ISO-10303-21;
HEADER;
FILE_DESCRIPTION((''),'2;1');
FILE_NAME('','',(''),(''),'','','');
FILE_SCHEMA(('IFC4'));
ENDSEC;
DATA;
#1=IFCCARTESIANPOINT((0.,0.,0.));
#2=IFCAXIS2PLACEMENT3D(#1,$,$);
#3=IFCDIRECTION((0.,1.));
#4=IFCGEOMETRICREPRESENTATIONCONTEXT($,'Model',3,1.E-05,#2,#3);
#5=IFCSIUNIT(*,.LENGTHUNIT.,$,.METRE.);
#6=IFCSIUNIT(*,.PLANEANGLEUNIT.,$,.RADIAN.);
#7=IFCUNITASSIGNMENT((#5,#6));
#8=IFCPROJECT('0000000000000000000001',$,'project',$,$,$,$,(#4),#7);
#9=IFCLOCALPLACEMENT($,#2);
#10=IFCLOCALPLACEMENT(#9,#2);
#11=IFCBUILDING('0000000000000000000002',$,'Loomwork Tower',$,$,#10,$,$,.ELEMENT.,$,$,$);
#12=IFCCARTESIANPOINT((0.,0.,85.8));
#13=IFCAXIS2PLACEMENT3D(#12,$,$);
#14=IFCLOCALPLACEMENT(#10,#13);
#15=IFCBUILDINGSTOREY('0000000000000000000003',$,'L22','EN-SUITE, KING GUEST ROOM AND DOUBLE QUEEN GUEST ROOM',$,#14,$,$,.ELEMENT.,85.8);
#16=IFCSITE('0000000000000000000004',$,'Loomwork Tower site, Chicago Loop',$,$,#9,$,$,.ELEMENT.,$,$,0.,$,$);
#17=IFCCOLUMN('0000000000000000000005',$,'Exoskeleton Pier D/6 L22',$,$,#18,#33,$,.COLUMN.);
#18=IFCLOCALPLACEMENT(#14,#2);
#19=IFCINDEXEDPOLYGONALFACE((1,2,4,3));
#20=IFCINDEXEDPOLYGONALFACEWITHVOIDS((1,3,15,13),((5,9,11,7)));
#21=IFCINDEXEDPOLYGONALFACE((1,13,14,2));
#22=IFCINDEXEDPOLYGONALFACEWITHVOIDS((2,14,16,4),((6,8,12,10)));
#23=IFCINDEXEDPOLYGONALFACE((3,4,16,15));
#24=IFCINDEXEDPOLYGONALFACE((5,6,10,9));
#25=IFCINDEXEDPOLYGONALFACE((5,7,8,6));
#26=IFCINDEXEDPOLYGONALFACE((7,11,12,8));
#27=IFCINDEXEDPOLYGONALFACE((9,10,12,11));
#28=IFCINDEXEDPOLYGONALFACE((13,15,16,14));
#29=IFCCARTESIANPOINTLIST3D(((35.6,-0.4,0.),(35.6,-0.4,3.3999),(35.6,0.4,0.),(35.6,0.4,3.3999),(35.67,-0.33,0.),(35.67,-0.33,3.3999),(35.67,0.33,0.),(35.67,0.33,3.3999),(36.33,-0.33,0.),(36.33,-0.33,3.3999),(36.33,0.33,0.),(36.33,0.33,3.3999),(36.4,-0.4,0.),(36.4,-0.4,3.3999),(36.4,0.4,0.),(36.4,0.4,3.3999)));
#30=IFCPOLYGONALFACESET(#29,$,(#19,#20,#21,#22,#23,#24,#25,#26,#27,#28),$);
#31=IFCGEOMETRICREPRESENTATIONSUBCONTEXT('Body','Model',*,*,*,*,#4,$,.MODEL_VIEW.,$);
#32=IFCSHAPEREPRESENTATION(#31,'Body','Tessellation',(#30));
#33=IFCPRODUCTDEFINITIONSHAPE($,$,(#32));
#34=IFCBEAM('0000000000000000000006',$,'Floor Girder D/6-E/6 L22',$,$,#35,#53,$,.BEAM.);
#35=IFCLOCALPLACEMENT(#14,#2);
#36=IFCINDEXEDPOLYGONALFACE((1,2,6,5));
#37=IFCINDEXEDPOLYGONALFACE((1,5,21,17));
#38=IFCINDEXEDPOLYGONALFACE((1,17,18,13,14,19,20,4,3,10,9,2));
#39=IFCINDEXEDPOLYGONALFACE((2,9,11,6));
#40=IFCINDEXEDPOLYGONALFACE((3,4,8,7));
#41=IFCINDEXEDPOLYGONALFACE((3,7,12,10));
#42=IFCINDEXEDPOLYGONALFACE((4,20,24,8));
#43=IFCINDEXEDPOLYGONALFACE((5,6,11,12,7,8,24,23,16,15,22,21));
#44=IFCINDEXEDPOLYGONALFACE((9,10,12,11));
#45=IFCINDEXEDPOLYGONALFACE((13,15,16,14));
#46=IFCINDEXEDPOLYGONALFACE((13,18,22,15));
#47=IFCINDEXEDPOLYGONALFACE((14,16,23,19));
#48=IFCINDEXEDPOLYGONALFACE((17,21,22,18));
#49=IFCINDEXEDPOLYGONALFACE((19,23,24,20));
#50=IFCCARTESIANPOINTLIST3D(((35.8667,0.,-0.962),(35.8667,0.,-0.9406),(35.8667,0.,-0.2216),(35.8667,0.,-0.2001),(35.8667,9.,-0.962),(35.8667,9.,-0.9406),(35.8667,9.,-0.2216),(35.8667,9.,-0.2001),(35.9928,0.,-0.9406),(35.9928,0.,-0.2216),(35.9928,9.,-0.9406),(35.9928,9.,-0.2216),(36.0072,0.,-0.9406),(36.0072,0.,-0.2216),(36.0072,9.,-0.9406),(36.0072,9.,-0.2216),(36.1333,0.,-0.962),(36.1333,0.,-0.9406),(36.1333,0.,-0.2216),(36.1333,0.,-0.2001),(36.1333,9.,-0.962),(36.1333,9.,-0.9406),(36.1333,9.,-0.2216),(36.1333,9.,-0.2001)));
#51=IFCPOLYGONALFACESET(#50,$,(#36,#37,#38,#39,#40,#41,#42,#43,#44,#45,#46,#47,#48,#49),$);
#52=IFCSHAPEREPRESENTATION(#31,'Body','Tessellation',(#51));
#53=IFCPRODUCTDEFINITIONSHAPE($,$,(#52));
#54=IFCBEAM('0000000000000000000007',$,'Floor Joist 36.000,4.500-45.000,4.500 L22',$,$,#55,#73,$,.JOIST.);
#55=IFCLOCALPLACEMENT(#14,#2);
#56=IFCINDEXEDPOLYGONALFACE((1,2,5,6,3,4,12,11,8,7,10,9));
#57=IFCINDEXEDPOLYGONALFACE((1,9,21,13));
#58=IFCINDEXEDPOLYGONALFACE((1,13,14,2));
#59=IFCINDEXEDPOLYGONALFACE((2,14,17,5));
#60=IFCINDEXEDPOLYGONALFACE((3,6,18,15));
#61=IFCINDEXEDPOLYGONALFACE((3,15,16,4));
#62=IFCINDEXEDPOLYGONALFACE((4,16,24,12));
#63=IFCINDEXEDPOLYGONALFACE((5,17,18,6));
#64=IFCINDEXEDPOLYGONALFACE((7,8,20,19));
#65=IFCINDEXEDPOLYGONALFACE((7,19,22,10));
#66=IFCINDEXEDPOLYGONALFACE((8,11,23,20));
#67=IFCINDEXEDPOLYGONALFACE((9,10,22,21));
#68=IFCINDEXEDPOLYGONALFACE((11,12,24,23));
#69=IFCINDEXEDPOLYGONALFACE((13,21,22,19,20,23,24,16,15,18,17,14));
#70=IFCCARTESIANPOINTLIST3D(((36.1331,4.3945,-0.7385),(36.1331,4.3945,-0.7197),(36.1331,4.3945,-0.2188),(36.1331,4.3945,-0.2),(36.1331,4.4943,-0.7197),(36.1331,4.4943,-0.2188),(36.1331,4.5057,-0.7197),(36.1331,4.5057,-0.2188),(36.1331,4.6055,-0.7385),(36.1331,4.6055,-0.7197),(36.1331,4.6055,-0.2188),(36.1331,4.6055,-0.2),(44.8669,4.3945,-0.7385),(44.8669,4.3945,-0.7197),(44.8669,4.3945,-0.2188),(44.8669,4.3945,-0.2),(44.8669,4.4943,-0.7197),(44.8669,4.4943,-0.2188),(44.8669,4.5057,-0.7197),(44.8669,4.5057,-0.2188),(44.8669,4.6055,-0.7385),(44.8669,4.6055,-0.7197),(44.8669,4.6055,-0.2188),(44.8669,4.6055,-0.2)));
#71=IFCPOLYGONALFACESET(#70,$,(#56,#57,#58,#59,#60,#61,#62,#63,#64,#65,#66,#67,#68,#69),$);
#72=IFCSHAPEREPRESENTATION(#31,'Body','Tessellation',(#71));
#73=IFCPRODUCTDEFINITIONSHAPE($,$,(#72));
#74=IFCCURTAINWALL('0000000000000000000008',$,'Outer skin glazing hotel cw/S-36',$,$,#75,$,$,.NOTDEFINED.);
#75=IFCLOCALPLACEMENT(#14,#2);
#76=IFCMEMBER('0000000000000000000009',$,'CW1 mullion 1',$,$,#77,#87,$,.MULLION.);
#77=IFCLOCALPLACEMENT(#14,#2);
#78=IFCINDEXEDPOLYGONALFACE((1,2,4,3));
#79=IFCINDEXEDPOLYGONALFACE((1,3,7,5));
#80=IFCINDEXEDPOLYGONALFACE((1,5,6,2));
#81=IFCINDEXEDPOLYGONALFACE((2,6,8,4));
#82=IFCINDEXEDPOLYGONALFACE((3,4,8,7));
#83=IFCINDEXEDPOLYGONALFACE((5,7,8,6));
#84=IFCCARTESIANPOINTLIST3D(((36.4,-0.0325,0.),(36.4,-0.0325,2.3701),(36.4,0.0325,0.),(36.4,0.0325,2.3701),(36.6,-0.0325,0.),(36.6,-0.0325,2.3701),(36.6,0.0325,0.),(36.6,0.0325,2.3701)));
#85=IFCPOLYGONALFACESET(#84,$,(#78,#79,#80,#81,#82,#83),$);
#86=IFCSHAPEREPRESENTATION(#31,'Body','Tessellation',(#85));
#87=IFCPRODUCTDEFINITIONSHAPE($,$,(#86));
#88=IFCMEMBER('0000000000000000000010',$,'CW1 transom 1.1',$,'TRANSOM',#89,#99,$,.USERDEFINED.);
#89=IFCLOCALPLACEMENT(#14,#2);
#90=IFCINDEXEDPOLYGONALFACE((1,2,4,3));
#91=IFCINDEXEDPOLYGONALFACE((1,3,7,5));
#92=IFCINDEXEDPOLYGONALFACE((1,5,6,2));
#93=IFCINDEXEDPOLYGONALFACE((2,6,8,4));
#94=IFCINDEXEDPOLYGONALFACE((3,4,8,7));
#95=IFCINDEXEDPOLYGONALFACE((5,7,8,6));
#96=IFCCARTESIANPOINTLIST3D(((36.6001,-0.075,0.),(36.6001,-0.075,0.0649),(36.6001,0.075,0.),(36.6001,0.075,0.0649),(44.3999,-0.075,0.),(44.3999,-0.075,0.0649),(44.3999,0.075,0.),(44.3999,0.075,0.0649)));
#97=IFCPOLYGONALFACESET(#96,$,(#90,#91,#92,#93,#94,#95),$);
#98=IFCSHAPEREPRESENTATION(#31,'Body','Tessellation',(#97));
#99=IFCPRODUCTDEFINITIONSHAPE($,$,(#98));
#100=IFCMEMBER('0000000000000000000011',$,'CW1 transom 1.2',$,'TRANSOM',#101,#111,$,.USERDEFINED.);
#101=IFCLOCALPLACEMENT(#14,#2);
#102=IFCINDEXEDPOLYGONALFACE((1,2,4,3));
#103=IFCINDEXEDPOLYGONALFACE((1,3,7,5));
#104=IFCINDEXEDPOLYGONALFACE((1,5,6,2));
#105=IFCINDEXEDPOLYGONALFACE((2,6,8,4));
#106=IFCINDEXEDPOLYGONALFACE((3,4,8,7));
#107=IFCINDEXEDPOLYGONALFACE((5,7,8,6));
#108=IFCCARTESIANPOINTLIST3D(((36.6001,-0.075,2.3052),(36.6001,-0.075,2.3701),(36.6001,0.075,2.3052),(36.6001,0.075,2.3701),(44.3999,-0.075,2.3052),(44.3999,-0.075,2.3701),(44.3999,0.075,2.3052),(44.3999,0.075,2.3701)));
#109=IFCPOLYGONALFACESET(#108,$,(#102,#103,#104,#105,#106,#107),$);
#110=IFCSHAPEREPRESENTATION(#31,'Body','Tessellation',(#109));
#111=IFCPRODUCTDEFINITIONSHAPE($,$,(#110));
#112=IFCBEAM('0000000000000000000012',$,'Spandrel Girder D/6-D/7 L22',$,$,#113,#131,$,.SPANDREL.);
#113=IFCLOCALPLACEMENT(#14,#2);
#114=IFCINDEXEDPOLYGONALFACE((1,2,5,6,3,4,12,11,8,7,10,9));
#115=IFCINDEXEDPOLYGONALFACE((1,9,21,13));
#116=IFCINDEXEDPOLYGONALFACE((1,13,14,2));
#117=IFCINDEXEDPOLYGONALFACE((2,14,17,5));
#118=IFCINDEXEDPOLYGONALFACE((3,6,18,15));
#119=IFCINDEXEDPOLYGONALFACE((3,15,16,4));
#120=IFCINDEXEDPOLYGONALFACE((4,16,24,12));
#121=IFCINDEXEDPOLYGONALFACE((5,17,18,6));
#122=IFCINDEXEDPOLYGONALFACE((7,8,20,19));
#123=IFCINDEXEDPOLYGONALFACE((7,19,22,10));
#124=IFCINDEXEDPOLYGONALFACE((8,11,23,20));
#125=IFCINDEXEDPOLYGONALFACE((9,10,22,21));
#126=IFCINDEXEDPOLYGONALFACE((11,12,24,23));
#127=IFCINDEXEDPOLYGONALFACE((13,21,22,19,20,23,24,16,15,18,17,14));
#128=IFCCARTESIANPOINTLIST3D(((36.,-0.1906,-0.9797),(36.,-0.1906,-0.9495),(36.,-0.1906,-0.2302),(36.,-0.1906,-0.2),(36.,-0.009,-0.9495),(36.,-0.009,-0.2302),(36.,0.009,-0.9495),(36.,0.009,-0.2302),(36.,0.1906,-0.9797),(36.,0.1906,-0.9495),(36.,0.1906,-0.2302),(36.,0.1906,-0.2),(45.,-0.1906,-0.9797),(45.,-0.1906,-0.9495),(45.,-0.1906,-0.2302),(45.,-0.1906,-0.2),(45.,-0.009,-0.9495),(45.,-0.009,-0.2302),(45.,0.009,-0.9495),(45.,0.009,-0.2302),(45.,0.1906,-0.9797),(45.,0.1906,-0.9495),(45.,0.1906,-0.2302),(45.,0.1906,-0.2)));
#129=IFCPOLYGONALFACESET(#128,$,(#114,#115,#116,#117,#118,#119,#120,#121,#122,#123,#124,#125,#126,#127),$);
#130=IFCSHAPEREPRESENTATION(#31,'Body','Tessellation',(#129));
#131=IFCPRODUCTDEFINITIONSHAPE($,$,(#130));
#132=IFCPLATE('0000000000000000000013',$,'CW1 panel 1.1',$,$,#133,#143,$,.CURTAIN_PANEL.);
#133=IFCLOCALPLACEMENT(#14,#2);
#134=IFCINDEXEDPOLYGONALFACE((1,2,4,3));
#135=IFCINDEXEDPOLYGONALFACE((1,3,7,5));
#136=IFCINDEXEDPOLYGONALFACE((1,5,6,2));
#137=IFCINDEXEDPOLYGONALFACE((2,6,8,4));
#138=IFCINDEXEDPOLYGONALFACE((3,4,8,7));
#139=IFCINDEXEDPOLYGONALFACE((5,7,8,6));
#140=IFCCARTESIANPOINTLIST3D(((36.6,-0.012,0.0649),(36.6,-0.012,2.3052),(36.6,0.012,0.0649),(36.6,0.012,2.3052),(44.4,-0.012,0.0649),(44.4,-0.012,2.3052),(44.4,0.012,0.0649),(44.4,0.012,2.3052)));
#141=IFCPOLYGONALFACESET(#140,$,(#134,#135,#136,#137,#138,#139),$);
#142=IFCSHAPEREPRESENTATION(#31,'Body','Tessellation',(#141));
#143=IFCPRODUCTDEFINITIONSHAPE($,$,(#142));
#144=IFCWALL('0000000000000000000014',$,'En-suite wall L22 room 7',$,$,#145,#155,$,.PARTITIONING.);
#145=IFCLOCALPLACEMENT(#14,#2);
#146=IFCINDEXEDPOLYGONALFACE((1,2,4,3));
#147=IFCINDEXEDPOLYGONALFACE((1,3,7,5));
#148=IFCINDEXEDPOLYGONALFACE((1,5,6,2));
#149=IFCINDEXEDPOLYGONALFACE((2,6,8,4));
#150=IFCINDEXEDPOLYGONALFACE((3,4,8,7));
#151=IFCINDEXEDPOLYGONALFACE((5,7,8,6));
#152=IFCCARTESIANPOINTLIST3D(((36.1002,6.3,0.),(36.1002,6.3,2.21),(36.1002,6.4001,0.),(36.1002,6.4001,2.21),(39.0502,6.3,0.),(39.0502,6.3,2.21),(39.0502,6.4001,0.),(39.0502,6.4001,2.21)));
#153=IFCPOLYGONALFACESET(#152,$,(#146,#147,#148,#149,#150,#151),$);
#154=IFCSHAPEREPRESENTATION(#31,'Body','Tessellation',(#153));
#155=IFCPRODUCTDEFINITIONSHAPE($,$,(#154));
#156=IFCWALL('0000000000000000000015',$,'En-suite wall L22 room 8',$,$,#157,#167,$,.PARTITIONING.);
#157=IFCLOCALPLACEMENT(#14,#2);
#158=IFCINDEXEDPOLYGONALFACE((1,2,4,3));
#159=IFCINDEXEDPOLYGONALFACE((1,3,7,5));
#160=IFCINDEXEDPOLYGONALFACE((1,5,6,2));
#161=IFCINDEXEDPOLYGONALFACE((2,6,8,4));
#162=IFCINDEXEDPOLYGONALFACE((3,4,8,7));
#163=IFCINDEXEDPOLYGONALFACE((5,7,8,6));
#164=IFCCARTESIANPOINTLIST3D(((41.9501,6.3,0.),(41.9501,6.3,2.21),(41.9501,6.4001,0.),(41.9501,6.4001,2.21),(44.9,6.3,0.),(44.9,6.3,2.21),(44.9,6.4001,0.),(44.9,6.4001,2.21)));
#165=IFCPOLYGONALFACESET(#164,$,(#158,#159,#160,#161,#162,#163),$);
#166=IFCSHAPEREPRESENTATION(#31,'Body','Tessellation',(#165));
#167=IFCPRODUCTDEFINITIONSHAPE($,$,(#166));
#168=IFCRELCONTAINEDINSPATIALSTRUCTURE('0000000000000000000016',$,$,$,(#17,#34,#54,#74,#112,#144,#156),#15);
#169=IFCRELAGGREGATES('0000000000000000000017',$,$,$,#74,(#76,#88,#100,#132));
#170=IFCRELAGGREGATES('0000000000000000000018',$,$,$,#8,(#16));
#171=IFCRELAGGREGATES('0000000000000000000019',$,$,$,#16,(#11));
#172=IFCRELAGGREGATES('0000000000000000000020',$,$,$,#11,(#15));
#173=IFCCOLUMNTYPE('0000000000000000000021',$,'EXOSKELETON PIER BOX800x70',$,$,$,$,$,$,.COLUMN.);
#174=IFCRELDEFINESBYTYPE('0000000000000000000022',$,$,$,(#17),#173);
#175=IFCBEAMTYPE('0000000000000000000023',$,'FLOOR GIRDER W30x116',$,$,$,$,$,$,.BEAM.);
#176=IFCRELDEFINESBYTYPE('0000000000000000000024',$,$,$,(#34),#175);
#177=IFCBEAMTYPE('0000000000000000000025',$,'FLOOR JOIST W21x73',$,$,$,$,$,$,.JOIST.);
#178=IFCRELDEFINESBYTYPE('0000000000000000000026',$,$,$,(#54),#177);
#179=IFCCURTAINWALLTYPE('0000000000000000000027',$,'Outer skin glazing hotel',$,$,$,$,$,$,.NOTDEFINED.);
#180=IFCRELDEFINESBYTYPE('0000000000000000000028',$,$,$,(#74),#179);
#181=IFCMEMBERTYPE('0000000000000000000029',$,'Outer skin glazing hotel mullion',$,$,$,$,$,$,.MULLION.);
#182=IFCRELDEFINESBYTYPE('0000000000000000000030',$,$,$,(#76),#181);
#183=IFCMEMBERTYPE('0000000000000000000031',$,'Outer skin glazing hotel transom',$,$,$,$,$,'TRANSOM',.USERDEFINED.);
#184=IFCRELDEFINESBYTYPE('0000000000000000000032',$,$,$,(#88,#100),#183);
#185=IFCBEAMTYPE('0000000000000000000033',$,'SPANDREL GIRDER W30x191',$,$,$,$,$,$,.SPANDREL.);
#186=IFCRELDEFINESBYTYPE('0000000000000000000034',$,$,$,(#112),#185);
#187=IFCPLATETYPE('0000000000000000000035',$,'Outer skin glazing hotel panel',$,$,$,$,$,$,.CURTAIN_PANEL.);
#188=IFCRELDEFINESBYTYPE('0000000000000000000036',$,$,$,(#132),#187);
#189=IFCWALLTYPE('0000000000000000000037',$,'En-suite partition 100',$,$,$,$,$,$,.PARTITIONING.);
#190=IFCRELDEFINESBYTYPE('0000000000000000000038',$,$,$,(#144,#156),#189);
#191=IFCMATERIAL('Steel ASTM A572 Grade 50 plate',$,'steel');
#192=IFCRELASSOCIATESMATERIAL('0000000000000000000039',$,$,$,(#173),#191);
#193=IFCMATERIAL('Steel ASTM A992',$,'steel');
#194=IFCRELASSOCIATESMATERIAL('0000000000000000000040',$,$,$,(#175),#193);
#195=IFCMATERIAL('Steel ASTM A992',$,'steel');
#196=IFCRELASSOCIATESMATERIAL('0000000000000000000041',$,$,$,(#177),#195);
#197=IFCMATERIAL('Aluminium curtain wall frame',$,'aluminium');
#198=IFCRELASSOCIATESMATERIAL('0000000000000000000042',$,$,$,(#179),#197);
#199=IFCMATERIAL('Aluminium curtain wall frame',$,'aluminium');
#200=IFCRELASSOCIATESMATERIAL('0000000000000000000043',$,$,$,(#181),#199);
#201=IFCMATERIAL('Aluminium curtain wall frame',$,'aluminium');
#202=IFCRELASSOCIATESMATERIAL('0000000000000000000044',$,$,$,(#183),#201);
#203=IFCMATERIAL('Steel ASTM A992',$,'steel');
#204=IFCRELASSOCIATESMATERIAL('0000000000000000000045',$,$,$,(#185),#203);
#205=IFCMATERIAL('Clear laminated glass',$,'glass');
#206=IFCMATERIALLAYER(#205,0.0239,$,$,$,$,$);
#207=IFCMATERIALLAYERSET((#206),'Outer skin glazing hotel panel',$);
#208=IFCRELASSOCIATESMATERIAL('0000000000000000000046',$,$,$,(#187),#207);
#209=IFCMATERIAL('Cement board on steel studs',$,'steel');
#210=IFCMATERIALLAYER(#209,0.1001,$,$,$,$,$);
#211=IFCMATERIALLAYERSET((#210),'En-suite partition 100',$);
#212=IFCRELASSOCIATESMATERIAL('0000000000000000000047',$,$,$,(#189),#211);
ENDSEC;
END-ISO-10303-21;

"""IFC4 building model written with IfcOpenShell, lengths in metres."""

from ifc_helpers import new_model, si_unit, direction, frame, frame_2d, origin, origin_2d, place, context, subcontext, project, spatial, rectangle, hollow_rectangle, i_section, extrude, material, layer, layer_set, material_profile, profile_set, type_object, element, aggregate, save


model = new_model("IFC4")

# Units and contexts
model_context = context("Model", 3, precision=1e-05, world=origin(), true_north=direction((0.0, 1.0)))
body_context = subcontext(model_context, "Body", "Model", "MODEL_VIEW")
ifc_project = project(units=[si_unit("LENGTHUNIT", "METRE"), si_unit("PLANEANGLEUNIT", "RADIAN")], contexts=[model_context])

# Site, building, storey
site_placement = place(None, origin())
site = spatial("IfcSite", under=ifc_project, at=site_placement, Name="Loomwork Tower site, Chicago Loop", CompositionType="ELEMENT", RefElevation=0.0)
building_placement = place(site_placement, origin())
building = spatial("IfcBuilding", under=site, at=building_placement, Name="Loomwork Tower", CompositionType="ELEMENT")
storey_placement = place(building_placement, frame((0.0, 0.0, 85.8)))
storey = spatial("IfcBuildingStorey", under=building, at=storey_placement, Name="L22", Description="EN-SUITE, KING GUEST ROOM AND DOUBLE QUEEN GUEST ROOM", CompositionType="ELEMENT", Elevation=85.8)

# Column
ifc_material_1 = material(Name="Steel ASTM A572 Grade 50 plate", Category="steel")
ifc_material_profile_1 = material_profile(ifc_material_1, hollow_rectangle(XDim=0.8, YDim=0.8, WallThickness=0.0701, at=origin_2d()), Name="BOX800x70")
ifc_profile_set_1 = profile_set([ifc_material_profile_1], Name="Steel ASTM A572 Grade 50 plate")
column_type = type_object("IfcColumnType", Name="EXOSKELETON PIER BOX800x70", PredefinedType="COLUMN", material=ifc_profile_set_1)
column_placement = place(storey_placement, frame((36.0, 0.0, 0.0), z_axis=(0.0, 0.0, 1.0), x_axis=(1.0, 0.0, 0.0)))
element("IfcColumn", 1, at=column_placement, inside=storey, type_object=column_type, Name="Exoskeleton Pier D/6 L22", PredefinedType="COLUMN", context=body_context, shape_type="SweptSolid", body=[
    extrude(hollow_rectangle(XDim=0.8, YDim=0.8, WallThickness=0.0701, at=origin_2d()), origin(), (0.0, 0.0, 1.0), 3.3999),
])

# Beams
ifc_material_2 = material(Name="Steel ASTM A992", Category="steel")
ifc_material_profile_2 = material_profile(ifc_material_2, i_section(OverallWidth=0.2666, OverallDepth=0.762, WebThickness=0.0144, FlangeThickness=0.0215, at=origin_2d()), Name="W30x116")
ifc_profile_set_2 = profile_set([ifc_material_profile_2], Name="Steel ASTM A992")
beam_type_1 = type_object("IfcBeamType", Name="FLOOR GIRDER W30x116", PredefinedType="BEAM", material=ifc_profile_set_2)
beam_1_placement = place(storey_placement, frame((36.0, 0.0, -0.5811), z_axis=(0.0, 1.0, 0.0), x_axis=(-1.0, 0.0, 0.0)))
element("IfcBeam", 2, at=beam_1_placement, inside=storey, type_object=beam_type_1, Name="Floor Girder D/6-E/6 L22", PredefinedType="BEAM", context=body_context, shape_type="SweptSolid", body=[
    extrude(i_section(OverallWidth=0.2666, OverallDepth=0.762, WebThickness=0.0144, FlangeThickness=0.0215, at=origin_2d()), origin(), (0.0, 0.0, 1.0), 9.0),
])
ifc_material_3 = material(Name="Steel ASTM A992", Category="steel")
ifc_material_profile_3 = material_profile(ifc_material_3, i_section(OverallWidth=0.2109, OverallDepth=0.5386, WebThickness=0.0115, FlangeThickness=0.0188, at=origin_2d()), Name="W21x73")
ifc_profile_set_3 = profile_set([ifc_material_profile_3], Name="Steel ASTM A992")
beam_type_2 = type_object("IfcBeamType", Name="FLOOR JOIST W21x73", PredefinedType="JOIST", material=ifc_profile_set_3)
beam_2_placement = place(storey_placement, frame((36.1331, 4.5, -0.4692), z_axis=(1.0, 0.0, 0.0), x_axis=(0.0, 1.0, 0.0)))
element("IfcBeam", 3, at=beam_2_placement, inside=storey, type_object=beam_type_2, Name="Floor Joist 36.000,4.500-45.000,4.500 L22", PredefinedType="JOIST", context=body_context, shape_type="SweptSolid", body=[
    extrude(i_section(OverallWidth=0.2109, OverallDepth=0.5386, WebThickness=0.0115, FlangeThickness=0.0188, at=origin_2d()), origin(), (0.0, 0.0, 1.0), 8.7339),
])

# Curtain wall, members
ifc_material_4 = material(Name="Aluminium curtain wall frame", Category="aluminium")
curtain_wall_type = type_object("IfcCurtainWallType", Name="Outer skin glazing hotel", PredefinedType="NOTDEFINED", material=ifc_material_4)
curtain_wall_placement = place(storey_placement, origin())
curtain_wall = element("IfcCurtainWall", 4, at=curtain_wall_placement, inside=storey, type_object=curtain_wall_type, Name="Outer skin glazing hotel cw/S-36", PredefinedType="NOTDEFINED")
ifc_material_5 = material(Name="Aluminium curtain wall frame", Category="aluminium")
ifc_material_profile_4 = material_profile(ifc_material_5, rectangle(XDim=0.0649, YDim=0.2, at=origin_2d()), Name="AL 65x200")
ifc_profile_set_4 = profile_set([ifc_material_profile_4], Name="Aluminium curtain wall frame")
member_type_1 = type_object("IfcMemberType", Name="Outer skin glazing hotel mullion", PredefinedType="MULLION", material=ifc_profile_set_4)
member_1_placement = place(storey_placement, frame((36.5, 0.0, 0.0), z_axis=(0.0, 0.0, 1.0), x_axis=(0.0, 1.0, 0.0)))
member_1 = element("IfcMember", 5, at=member_1_placement, type_object=member_type_1, Name="CW1 mullion 1", PredefinedType="MULLION", context=body_context, shape_type="SweptSolid", body=[
    extrude(rectangle(XDim=0.0649, YDim=0.2, at=origin_2d()), origin(), (0.0, 0.0, 1.0), 2.3701),
])
ifc_material_6 = material(Name="Aluminium curtain wall frame", Category="aluminium")
ifc_material_profile_5 = material_profile(ifc_material_6, rectangle(XDim=0.1499, YDim=0.0649, at=origin_2d()), Name="AL 65x150")
ifc_profile_set_5 = profile_set([ifc_material_profile_5], Name="Aluminium curtain wall frame")
member_type_2 = type_object("IfcMemberType", Name="Outer skin glazing hotel transom", ElementType="TRANSOM", PredefinedType="USERDEFINED", material=ifc_profile_set_5)
member_2_placement = place(storey_placement, frame((36.6001, 0.0, 0.0325), z_axis=(1.0, 0.0, 0.0), x_axis=(0.0, 1.0, 0.0)))
member_2 = element("IfcMember", 6, at=member_2_placement, type_object=member_type_2, Name="CW1 transom 1.1", ObjectType="TRANSOM", PredefinedType="USERDEFINED", context=body_context, shape_type="SweptSolid", body=[
    extrude(rectangle(XDim=0.1499, YDim=0.0649, at=origin_2d()), origin(), (0.0, 0.0, 1.0), 7.7998),
])
member_3_placement = place(storey_placement, frame((36.6001, 0.0, 2.3376), z_axis=(1.0, 0.0, 0.0), x_axis=(0.0, 1.0, 0.0)))
member_3 = element("IfcMember", 7, at=member_3_placement, type_object=member_type_2, Name="CW1 transom 1.2", ObjectType="TRANSOM", PredefinedType="USERDEFINED", context=body_context, shape_type="SweptSolid", body=[
    extrude(rectangle(XDim=0.1499, YDim=0.0649, at=origin_2d()), origin(), (0.0, 0.0, 1.0), 7.7998),
])

# Beam
ifc_material_7 = material(Name="Steel ASTM A992", Category="steel")
ifc_material_profile_6 = material_profile(ifc_material_7, i_section(OverallWidth=0.3811, OverallDepth=0.7798, WebThickness=0.0181, FlangeThickness=0.0303, at=origin_2d()), Name="W30x191")
ifc_profile_set_6 = profile_set([ifc_material_profile_6], Name="Steel ASTM A992")
beam_type_3 = type_object("IfcBeamType", Name="SPANDREL GIRDER W30x191", PredefinedType="SPANDREL", material=ifc_profile_set_6)
beam_3_placement = place(storey_placement, frame((36.0, 0.0, -0.5898), z_axis=(1.0, 0.0, 0.0), x_axis=(0.0, 1.0, 0.0)))
element("IfcBeam", 8, at=beam_3_placement, inside=storey, type_object=beam_type_3, Name="Spandrel Girder D/6-D/7 L22", PredefinedType="SPANDREL", context=body_context, shape_type="SweptSolid", body=[
    extrude(i_section(OverallWidth=0.3811, OverallDepth=0.7798, WebThickness=0.0181, FlangeThickness=0.0303, at=origin_2d()), origin(), (0.0, 0.0, 1.0), 9.0),
])

# Plate
ifc_material_8 = material(Name="Clear laminated glass", Category="glass")
ifc_layer_1 = layer(ifc_material_8, 0.0239)
ifc_layer_set_1 = layer_set([ifc_layer_1], Name="Outer skin glazing hotel panel")
plate_type = type_object("IfcPlateType", Name="Outer skin glazing hotel panel", PredefinedType="CURTAIN_PANEL", material=ifc_layer_set_1)
plate_placement = place(storey_placement, frame((40.5, 0.0, 0.0649), z_axis=(0.0, 0.0, 1.0), x_axis=(1.0, 0.0, 0.0)))
plate = element("IfcPlate", 9, at=plate_placement, type_object=plate_type, Name="CW1 panel 1.1", PredefinedType="CURTAIN_PANEL", context=body_context, shape_type="SweptSolid", body=[
    extrude(rectangle(XDim=7.8, YDim=0.0239, at=origin_2d()), origin(), (0.0, 0.0, 1.0), 2.2402),
])
aggregate(curtain_wall, [member_1, member_2, member_3, plate])

# Walls
ifc_material_9 = material(Name="Cement board on steel studs", Category="steel")
ifc_layer_2 = layer(ifc_material_9, 0.1001)
ifc_layer_set_2 = layer_set([ifc_layer_2], Name="En-suite partition 100")
wall_type_1 = type_object("IfcWallType", Name="En-suite partition 100", PredefinedType="PARTITIONING", material=ifc_layer_set_2)
for number, where, z_axis, x_axis, name in (
    (10, (36.1001, 6.3501, 0.0), (0.0, 0.0, 1.0), (1.0, 0.0, 0.0), "En-suite wall L22 room 7"),
    (11, (41.95, 6.3501, 0.0), (0.0, 0.0, 1.0), (1.0, 0.0, 0.0), "En-suite wall L22 room 8"),
):
    element("IfcWall", number, at=place(storey_placement, frame(where, z_axis=z_axis, x_axis=x_axis)), inside=storey, type_object=wall_type_1, Name=name, PredefinedType="PARTITIONING", context=body_context, shape_type="SweptSolid", body=[
        extrude(rectangle(XDim=2.95, YDim=0.1001, at=frame_2d((1.4751, 0.0))), origin(), (0.0, 0.0, 1.0), 2.21),
    ])

save(model, "model.ifc")
